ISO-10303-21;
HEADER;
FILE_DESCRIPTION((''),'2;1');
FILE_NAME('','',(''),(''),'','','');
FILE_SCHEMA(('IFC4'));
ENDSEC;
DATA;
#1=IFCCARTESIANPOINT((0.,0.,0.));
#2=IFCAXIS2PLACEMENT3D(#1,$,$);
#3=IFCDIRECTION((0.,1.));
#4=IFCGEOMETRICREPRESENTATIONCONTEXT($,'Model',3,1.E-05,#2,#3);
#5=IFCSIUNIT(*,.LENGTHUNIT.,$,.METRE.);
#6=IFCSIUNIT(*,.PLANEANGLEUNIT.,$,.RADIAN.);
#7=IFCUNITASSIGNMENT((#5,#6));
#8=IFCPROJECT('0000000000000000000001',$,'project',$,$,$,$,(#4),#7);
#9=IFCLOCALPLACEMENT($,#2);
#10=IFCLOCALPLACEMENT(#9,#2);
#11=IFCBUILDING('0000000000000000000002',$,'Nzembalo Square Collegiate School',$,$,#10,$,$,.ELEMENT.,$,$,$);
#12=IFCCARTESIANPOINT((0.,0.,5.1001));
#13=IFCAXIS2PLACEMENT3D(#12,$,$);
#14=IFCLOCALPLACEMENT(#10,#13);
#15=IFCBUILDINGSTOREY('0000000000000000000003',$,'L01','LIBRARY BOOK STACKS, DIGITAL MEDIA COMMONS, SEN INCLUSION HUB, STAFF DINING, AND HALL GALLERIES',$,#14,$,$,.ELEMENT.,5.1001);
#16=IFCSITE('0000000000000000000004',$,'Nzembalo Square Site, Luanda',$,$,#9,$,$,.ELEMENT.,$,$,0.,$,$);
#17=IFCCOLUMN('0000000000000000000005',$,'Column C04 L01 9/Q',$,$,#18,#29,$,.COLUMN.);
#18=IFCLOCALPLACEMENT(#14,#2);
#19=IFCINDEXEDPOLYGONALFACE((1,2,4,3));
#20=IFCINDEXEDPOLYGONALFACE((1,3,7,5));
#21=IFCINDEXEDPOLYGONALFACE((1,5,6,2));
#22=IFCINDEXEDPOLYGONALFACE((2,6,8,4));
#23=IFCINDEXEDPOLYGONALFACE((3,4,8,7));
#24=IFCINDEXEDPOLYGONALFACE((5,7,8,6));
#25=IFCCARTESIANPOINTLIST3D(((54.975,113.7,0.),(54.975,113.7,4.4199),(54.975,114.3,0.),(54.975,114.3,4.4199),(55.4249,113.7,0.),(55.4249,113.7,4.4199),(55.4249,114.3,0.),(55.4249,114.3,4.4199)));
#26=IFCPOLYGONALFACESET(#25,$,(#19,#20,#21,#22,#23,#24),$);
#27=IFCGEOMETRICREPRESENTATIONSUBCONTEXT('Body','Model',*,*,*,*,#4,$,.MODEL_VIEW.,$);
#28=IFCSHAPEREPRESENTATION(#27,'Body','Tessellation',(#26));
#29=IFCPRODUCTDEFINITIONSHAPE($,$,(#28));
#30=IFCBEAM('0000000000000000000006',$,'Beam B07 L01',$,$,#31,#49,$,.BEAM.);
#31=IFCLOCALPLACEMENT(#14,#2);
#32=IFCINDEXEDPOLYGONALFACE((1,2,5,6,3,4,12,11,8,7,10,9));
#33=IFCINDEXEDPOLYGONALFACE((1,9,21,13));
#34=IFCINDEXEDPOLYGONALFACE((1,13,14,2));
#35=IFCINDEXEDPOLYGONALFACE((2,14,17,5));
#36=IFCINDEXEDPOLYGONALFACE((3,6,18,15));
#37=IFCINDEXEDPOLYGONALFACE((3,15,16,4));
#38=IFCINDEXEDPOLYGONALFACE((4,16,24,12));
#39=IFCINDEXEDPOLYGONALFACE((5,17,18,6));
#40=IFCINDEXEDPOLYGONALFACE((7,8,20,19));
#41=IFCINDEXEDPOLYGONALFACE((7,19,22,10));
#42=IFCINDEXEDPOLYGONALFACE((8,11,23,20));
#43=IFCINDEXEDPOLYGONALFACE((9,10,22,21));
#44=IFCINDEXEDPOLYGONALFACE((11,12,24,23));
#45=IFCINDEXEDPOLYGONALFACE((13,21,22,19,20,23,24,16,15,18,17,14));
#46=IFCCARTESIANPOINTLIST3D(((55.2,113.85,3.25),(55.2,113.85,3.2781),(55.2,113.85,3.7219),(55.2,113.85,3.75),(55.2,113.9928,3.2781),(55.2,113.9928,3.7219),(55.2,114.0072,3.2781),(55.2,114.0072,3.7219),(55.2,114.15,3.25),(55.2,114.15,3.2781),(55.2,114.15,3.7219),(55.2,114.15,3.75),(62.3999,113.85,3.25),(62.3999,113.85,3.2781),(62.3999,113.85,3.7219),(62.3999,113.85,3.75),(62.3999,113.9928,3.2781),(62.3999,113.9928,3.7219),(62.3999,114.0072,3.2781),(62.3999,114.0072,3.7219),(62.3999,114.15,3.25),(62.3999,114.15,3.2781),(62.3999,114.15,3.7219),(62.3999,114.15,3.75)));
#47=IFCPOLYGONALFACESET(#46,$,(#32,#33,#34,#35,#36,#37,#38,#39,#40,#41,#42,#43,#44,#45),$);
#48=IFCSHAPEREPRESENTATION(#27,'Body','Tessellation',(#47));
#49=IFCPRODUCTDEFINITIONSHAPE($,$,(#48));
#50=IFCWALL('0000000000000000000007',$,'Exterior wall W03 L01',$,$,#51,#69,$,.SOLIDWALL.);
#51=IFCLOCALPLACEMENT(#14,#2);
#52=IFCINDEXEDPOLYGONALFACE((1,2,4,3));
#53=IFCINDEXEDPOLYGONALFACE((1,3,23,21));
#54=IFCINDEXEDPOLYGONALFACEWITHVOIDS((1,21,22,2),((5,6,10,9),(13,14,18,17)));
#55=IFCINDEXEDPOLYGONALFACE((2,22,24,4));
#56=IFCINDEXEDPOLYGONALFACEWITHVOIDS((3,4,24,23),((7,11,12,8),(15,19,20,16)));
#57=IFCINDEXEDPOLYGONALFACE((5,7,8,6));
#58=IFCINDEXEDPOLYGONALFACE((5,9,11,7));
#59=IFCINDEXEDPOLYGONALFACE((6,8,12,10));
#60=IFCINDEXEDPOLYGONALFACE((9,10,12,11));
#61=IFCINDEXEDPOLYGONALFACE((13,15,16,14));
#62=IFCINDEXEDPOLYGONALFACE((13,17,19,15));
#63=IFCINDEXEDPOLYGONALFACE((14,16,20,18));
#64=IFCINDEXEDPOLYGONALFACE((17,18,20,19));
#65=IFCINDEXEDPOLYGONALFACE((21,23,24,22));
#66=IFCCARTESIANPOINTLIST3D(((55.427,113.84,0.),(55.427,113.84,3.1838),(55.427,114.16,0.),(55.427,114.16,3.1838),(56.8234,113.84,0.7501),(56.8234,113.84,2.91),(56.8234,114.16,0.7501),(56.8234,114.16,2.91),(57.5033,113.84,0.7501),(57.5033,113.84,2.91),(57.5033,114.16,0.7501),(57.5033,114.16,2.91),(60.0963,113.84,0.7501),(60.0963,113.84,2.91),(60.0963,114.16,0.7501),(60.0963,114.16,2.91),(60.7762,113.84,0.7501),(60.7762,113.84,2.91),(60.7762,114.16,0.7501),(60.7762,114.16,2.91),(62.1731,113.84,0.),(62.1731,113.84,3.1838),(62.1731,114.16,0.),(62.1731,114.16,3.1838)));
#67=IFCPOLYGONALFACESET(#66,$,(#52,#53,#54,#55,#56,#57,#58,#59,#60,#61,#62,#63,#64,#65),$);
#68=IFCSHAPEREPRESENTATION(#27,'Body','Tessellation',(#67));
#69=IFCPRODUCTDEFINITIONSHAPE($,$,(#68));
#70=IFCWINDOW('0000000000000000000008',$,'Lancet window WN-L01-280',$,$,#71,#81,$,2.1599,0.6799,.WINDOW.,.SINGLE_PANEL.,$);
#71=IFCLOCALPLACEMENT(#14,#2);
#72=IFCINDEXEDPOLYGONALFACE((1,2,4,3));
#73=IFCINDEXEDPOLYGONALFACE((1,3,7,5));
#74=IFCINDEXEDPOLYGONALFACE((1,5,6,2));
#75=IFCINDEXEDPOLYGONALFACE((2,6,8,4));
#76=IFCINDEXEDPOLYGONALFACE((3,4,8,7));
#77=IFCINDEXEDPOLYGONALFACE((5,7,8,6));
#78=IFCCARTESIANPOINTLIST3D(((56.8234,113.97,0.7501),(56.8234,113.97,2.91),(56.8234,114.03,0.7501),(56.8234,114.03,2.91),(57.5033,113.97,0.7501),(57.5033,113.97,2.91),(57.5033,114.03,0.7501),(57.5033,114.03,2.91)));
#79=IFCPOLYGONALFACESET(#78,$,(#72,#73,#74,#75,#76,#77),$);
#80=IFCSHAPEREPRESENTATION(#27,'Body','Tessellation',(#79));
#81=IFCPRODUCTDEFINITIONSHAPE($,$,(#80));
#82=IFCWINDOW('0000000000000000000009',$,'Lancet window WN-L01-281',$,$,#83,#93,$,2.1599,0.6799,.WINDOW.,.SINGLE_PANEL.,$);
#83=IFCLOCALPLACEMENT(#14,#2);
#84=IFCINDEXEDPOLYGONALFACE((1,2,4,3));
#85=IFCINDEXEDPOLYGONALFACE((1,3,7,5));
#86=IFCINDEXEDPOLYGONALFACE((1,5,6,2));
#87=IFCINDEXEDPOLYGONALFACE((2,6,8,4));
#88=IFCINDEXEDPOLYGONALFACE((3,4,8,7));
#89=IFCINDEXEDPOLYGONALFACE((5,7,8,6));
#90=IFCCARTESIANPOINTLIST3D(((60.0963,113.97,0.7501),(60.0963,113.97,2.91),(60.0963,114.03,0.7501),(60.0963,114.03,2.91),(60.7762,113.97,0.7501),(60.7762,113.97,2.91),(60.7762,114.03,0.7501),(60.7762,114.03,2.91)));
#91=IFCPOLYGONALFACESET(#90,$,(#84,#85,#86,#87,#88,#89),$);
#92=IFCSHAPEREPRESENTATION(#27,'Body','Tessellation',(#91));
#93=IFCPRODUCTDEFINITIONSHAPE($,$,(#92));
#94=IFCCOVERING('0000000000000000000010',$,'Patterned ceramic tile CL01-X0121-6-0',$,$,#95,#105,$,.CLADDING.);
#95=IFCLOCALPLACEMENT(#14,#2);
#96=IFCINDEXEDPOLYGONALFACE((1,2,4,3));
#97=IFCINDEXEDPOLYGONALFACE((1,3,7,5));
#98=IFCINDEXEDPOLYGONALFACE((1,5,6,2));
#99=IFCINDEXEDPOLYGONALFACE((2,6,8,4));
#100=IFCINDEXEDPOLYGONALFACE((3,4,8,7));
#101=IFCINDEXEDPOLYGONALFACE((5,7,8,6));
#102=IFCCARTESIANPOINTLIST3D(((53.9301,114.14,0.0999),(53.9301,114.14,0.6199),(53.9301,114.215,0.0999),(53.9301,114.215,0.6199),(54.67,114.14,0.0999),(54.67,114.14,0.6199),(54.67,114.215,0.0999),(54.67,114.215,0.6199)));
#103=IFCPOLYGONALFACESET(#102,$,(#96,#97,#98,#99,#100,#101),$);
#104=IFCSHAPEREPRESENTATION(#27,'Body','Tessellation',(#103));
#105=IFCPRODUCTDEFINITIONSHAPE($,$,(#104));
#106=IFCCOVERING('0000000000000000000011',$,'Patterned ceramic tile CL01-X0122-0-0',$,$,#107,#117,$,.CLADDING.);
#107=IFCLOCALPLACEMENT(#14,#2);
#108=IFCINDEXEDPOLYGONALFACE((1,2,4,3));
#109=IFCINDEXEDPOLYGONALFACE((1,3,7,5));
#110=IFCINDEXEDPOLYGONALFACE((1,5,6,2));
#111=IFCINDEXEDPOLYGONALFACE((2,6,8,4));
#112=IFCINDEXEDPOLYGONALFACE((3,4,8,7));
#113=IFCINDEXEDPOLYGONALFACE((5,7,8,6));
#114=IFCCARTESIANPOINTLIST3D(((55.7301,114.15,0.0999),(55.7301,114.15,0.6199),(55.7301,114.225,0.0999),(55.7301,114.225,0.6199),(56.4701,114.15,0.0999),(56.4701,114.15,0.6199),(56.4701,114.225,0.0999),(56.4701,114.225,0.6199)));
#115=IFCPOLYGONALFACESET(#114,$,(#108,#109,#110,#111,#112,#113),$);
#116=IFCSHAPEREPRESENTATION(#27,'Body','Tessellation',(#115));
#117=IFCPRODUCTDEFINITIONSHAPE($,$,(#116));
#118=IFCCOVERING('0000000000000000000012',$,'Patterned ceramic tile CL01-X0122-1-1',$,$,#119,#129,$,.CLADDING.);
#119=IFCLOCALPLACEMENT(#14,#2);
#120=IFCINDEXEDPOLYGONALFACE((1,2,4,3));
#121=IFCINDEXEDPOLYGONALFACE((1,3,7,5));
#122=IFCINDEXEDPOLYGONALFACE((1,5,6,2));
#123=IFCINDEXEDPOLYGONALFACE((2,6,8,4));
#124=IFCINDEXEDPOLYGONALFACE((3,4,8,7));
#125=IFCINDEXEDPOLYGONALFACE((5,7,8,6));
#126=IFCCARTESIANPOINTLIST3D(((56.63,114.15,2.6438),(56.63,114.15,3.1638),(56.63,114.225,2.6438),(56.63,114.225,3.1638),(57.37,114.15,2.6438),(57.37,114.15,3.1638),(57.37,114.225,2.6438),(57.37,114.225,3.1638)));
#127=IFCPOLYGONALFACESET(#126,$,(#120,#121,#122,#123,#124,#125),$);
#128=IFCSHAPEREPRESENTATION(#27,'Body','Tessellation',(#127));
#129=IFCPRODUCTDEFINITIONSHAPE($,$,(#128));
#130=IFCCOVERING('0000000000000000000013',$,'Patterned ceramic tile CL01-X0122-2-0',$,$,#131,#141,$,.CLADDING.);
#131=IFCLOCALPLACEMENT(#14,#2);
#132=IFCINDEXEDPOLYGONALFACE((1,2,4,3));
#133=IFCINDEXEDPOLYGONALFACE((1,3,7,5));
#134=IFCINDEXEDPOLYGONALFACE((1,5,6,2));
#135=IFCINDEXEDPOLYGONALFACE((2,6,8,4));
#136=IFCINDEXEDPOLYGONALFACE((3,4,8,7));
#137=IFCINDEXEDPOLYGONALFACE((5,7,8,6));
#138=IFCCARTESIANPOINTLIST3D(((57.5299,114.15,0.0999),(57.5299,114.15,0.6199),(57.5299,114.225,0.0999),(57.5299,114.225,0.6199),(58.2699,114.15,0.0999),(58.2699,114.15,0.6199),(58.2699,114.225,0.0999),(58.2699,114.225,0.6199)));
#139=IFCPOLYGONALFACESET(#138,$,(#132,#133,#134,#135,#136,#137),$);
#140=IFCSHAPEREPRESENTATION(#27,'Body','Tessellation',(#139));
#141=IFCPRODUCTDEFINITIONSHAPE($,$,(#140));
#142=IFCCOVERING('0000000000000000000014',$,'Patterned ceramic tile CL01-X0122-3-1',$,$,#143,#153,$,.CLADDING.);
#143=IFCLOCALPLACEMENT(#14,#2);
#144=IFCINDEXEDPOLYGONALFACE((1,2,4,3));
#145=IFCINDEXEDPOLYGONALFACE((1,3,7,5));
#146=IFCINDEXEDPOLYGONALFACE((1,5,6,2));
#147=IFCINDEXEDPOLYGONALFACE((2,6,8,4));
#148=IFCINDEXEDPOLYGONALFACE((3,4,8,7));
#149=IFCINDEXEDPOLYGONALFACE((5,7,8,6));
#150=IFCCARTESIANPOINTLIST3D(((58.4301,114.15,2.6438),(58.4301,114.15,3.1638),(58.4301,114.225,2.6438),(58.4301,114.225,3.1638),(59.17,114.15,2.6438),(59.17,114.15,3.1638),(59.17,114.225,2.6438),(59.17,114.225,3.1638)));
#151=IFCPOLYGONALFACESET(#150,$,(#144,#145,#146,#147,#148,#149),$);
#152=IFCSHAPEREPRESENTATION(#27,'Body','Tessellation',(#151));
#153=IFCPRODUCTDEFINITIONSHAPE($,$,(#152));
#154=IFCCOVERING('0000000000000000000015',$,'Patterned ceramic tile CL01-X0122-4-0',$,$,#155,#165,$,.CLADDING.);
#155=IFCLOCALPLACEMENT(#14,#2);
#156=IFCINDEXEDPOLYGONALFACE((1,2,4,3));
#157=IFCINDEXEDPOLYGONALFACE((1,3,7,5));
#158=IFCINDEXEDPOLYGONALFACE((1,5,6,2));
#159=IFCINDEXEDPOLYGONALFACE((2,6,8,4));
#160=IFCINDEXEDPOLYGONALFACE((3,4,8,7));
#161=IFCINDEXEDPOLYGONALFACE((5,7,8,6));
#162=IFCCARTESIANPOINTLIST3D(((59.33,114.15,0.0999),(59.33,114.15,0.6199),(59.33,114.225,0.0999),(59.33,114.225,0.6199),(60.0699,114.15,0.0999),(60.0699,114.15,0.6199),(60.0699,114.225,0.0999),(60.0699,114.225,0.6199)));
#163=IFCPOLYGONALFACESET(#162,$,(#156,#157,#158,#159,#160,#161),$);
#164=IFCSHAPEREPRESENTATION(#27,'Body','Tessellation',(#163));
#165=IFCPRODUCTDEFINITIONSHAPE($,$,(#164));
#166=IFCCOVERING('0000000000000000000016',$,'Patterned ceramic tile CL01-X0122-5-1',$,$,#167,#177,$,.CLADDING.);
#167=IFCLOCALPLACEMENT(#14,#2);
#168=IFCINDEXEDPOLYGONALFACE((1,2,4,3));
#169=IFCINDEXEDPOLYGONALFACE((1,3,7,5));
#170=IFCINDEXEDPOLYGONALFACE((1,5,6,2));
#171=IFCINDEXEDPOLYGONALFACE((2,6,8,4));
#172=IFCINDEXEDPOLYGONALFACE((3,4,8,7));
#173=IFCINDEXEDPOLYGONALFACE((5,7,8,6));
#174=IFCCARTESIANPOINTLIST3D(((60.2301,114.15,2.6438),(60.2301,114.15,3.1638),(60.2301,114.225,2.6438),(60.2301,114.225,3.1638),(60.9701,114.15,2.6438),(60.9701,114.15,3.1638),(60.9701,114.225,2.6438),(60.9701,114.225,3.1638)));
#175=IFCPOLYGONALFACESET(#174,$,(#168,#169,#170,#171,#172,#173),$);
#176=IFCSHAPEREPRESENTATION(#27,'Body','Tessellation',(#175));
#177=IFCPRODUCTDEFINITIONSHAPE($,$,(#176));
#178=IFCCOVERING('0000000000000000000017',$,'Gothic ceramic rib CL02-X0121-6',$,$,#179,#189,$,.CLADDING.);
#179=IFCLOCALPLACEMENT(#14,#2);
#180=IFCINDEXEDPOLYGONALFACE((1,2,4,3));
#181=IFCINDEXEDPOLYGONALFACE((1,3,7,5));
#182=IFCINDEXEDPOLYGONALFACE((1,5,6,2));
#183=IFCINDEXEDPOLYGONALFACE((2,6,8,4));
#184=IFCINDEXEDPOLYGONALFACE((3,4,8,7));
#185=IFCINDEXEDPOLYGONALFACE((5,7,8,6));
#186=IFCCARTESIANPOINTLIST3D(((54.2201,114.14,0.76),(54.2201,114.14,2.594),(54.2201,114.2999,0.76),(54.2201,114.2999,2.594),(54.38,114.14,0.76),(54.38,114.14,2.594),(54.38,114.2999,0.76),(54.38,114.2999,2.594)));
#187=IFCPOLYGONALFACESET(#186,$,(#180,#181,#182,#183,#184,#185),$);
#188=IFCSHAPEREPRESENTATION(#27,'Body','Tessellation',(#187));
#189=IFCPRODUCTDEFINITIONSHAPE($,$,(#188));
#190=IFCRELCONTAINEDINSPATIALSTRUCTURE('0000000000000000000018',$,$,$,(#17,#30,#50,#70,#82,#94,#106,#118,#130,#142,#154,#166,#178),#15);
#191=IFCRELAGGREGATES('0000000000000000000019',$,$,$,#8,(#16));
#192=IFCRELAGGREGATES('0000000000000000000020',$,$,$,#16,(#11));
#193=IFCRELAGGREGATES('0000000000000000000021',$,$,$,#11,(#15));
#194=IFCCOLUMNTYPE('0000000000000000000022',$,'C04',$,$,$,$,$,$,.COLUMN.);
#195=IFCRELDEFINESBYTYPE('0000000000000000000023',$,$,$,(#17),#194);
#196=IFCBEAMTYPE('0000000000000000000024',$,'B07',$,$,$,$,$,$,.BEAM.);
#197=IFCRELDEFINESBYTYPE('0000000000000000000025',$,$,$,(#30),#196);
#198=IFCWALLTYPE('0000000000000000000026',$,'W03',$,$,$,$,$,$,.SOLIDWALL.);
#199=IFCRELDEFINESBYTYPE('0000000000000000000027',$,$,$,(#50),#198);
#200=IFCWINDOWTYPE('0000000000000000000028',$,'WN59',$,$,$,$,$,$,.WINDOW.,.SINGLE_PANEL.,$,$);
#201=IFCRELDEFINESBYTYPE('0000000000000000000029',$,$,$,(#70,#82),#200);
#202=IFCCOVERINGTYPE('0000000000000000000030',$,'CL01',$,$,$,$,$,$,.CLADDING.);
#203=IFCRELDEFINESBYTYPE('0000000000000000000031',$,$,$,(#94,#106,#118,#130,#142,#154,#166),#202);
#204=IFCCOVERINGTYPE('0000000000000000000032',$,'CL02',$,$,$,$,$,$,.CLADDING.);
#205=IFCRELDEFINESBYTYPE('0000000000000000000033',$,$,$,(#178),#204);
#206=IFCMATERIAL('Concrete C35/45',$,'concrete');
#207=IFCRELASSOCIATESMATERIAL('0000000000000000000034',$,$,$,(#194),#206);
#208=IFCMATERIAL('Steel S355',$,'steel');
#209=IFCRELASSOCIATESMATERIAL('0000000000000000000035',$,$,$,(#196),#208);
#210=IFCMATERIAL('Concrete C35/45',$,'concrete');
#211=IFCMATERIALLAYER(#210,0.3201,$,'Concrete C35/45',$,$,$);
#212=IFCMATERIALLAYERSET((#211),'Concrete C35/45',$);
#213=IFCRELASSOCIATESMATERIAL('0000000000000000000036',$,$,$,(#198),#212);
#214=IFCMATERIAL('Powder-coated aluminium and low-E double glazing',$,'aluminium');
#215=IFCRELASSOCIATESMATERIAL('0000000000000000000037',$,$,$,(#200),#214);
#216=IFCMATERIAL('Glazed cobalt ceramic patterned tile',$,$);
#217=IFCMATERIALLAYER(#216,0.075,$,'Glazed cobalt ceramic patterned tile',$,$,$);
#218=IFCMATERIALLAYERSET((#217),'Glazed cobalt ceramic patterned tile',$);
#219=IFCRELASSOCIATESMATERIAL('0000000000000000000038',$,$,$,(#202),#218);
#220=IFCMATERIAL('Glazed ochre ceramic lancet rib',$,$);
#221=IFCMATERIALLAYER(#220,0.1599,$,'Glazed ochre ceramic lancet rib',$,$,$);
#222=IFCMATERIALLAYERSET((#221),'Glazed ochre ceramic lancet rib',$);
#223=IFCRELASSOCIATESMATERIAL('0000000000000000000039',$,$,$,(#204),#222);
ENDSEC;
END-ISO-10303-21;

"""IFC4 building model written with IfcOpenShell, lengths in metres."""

from ifc_helpers import new_model, si_unit, direction, frame, frame_2d, origin, origin_2d, place, context, subcontext, project, spatial, rectangle, i_section, extrude, material, layer, layer_set, material_profile, profile_set, type_object, element, fill, save


model = new_model("IFC4")

# Units and contexts
model_context = context("Model", 3, precision=1e-05, world=origin(), true_north=direction((0.0, 1.0)))
body_context = subcontext(model_context, "Body", "Model", "MODEL_VIEW")
ifc_project = project(units=[si_unit("LENGTHUNIT", "METRE"), si_unit("PLANEANGLEUNIT", "RADIAN")], contexts=[model_context])

# Site, building, storey
site_placement = place(None, origin())
site = spatial("IfcSite", under=ifc_project, at=site_placement, Name="Nzembalo Square Site, Luanda", CompositionType="ELEMENT", RefElevation=0.0)
building_placement = place(site_placement, origin())
building = spatial("IfcBuilding", under=site, at=building_placement, Name="Nzembalo Square Collegiate School", CompositionType="ELEMENT")
storey_placement = place(building_placement, frame((0.0, 0.0, 5.1001)))
storey = spatial("IfcBuildingStorey", under=building, at=storey_placement, Name="L01", Description="LIBRARY BOOK STACKS, DIGITAL MEDIA COMMONS, SEN INCLUSION HUB, STAFF DINING, AND HALL GALLERIES", CompositionType="ELEMENT", Elevation=5.1001)

# Column
ifc_material_1 = material(Name="Concrete C35/45", Category="concrete")
ifc_material_profile_1 = material_profile(ifc_material_1, rectangle(XDim=0.45, YDim=0.6001, at=origin_2d()), Name="RC 450x600")
ifc_profile_set_1 = profile_set([ifc_material_profile_1], Name="Concrete C35/45")
column_type = type_object("IfcColumnType", Name="C04", PredefinedType="COLUMN", material=ifc_profile_set_1)
column_placement = place(storey_placement, frame((55.2, 114.0, 0.0), z_axis=(0.0, 0.0, 1.0), x_axis=(1.0, 0.0, 0.0)))
element("IfcColumn", 1, at=column_placement, inside=storey, type_object=column_type, Name="Column C04 L01 9/Q", PredefinedType="COLUMN", context=body_context, shape_type="SweptSolid", body=[
    extrude(rectangle(XDim=0.45, YDim=0.6001, at=origin_2d()), origin(), (0.0, 0.0, 1.0), 4.4199),
])

# Beam
ifc_material_2 = material(Name="Steel S355", Category="steel")
ifc_material_profile_2 = material_profile(ifc_material_2, i_section(OverallWidth=0.3, OverallDepth=0.5, WebThickness=0.0144, FlangeThickness=0.0281, at=origin_2d()), Name="HEB 500")
ifc_profile_set_2 = profile_set([ifc_material_profile_2], Name="Steel S355")
beam_type = type_object("IfcBeamType", Name="B07", PredefinedType="BEAM", material=ifc_profile_set_2)
beam_placement = place(storey_placement, frame((55.2, 114.0, 3.5), z_axis=(1.0, 0.0, 0.0), x_axis=(0.0, 1.0, 0.0)))
element("IfcBeam", 2, at=beam_placement, inside=storey, type_object=beam_type, Name="Beam B07 L01", PredefinedType="BEAM", context=body_context, shape_type="SweptSolid", body=[
    extrude(i_section(OverallWidth=0.3, OverallDepth=0.5, WebThickness=0.0144, FlangeThickness=0.0281, at=origin_2d()), origin(), (0.0, 0.0, 1.0), 7.2),
])

# Wall, openings, windows
ifc_material_3 = material(Name="Concrete C35/45", Category="concrete")
ifc_layer_1 = layer(ifc_material_3, 0.3201, Name="Concrete C35/45")
ifc_layer_set_1 = layer_set([ifc_layer_1], Name="Concrete C35/45")
wall_type = type_object("IfcWallType", Name="W03", PredefinedType="SOLIDWALL", material=ifc_layer_set_1)
wall_placement = place(storey_placement, frame((55.427, 114.0, 0.0), z_axis=(0.0, 0.0, 1.0), x_axis=(1.0, 0.0, 0.0)))
wall = element("IfcWall", 3, at=wall_placement, inside=storey, type_object=wall_type, Name="Exterior wall W03 L01", PredefinedType="SOLIDWALL", context=body_context, shape_type="SweptSolid", body=[
    extrude(rectangle(XDim=6.7461, YDim=0.3201, at=frame_2d((3.373, 0.0))), origin(), (0.0, 0.0, 1.0), 3.1838),
])
opening_1_placement = place(wall_placement, frame((1.3965, 0.0, 0.75)))
opening_1 = element("IfcOpeningElement", 4, at=opening_1_placement, cuts=wall, PredefinedType="OPENING", context=body_context, shape_type="SweptSolid", body=[
    extrude(rectangle(XDim=0.6799, YDim=2.1599, at=frame_2d((0.3398, 1.0801))), frame((0.0, 0.1699, 0.0), z_axis=(0.0, -1.0, 0.0), x_axis=(1.0, 0.0, 0.0)), (0.0, 0.0, 1.0), 0.3401),
])
opening_2_placement = place(wall_placement, frame((4.6694, 0.0, 0.75)))
opening_2 = element("IfcOpeningElement", 5, at=opening_2_placement, cuts=wall, PredefinedType="OPENING", context=body_context, shape_type="SweptSolid", body=[
    extrude(rectangle(XDim=0.6799, YDim=2.1599, at=frame_2d((0.3398, 1.0801))), frame((0.0, 0.1699, 0.0), z_axis=(0.0, -1.0, 0.0), x_axis=(1.0, 0.0, 0.0)), (0.0, 0.0, 1.0), 0.3401),
])
ifc_material_4 = material(Name="Powder-coated aluminium and low-E double glazing", Category="aluminium")
window_type = type_object("IfcWindowType", Name="WN59", PartitioningType="SINGLE_PANEL", PredefinedType="WINDOW", material=ifc_material_4)
window_1_placement = place(opening_1_placement, origin())
window_1 = element("IfcWindow", 6, at=window_1_placement, inside=storey, type_object=window_type, Name="Lancet window WN-L01-280", OverallHeight=2.1599, OverallWidth=0.6799, PartitioningType="SINGLE_PANEL", PredefinedType="WINDOW", context=body_context, shape_type="SweptSolid", body=[
    extrude(rectangle(XDim=0.6799, YDim=2.1599, at=frame_2d((0.3398, 1.0801))), frame((0.0, 0.03, 0.0), z_axis=(0.0, -1.0, 0.0), x_axis=(1.0, 0.0, 0.0)), (0.0, 0.0, 1.0), 0.0601),
])
fill(opening_1, window_1)
window_2_placement = place(opening_2_placement, origin())
window_2 = element("IfcWindow", 7, at=window_2_placement, inside=storey, type_object=window_type, Name="Lancet window WN-L01-281", OverallHeight=2.1599, OverallWidth=0.6799, PartitioningType="SINGLE_PANEL", PredefinedType="WINDOW", context=body_context, shape_type="SweptSolid", body=[
    extrude(rectangle(XDim=0.6799, YDim=2.1599, at=frame_2d((0.3398, 1.0801))), frame((0.0, 0.03, 0.0), z_axis=(0.0, -1.0, 0.0), x_axis=(1.0, 0.0, 0.0)), (0.0, 0.0, 1.0), 0.0601),
])
fill(opening_2, window_2)

# Coverings
ifc_material_5 = material(Name="Glazed cobalt ceramic patterned tile")
ifc_layer_2 = layer(ifc_material_5, 0.075, Name="Glazed cobalt ceramic patterned tile")
ifc_layer_set_2 = layer_set([ifc_layer_2], Name="Glazed cobalt ceramic patterned tile")
covering_type_1 = type_object("IfcCoveringType", Name="CL01", PredefinedType="CLADDING", material=ifc_layer_set_2)
for number, where, z_axis, x_axis, name in (
    (8, (54.3, 114.1775, 0.0999), (0.0, 0.0, 1.0), (1.0, 0.0, 0.0), "Patterned ceramic tile CL01-X0121-6-0"),
    (9, (56.1001, 114.1875, 0.0999), (0.0, 0.0, 1.0), (1.0, 0.0, 0.0), "Patterned ceramic tile CL01-X0122-0-0"),
    (10, (57.0, 114.1875, 2.6438), (0.0, 0.0, 1.0), (1.0, 0.0, 0.0), "Patterned ceramic tile CL01-X0122-1-1"),
    (11, (57.8999, 114.1875, 0.0999), (0.0, 0.0, 1.0), (1.0, 0.0, 0.0), "Patterned ceramic tile CL01-X0122-2-0"),
    (12, (58.8, 114.1875, 2.6438), (0.0, 0.0, 1.0), (1.0, 0.0, 0.0), "Patterned ceramic tile CL01-X0122-3-1"),
    (13, (59.7, 114.1875, 0.0999), (0.0, 0.0, 1.0), (1.0, 0.0, 0.0), "Patterned ceramic tile CL01-X0122-4-0"),
    (14, (60.6001, 114.1875, 2.6438), (0.0, 0.0, 1.0), (1.0, 0.0, 0.0), "Patterned ceramic tile CL01-X0122-5-1"),
):
    element("IfcCovering", number, at=place(storey_placement, frame(where, z_axis=z_axis, x_axis=x_axis)), inside=storey, type_object=covering_type_1, Name=name, PredefinedType="CLADDING", context=body_context, shape_type="SweptSolid", body=[
        extrude(rectangle(XDim=0.74, YDim=0.075, at=origin_2d()), origin(), (0.0, 0.0, 1.0), 0.52),
    ])
ifc_material_6 = material(Name="Glazed ochre ceramic lancet rib")
ifc_layer_3 = layer(ifc_material_6, 0.1599, Name="Glazed ochre ceramic lancet rib")
ifc_layer_set_3 = layer_set([ifc_layer_3], Name="Glazed ochre ceramic lancet rib")
covering_type_2 = type_object("IfcCoveringType", Name="CL02", PredefinedType="CLADDING", material=ifc_layer_set_3)
for number, where, z_axis, x_axis, name in (
    (15, (54.3, 114.22, 0.76), (0.0, 0.0, 1.0), (1.0, 0.0, 0.0), "Gothic ceramic rib CL02-X0121-6"),
):
    element("IfcCovering", number, at=place(storey_placement, frame(where, z_axis=z_axis, x_axis=x_axis)), inside=storey, type_object=covering_type_2, Name=name, PredefinedType="CLADDING", context=body_context, shape_type="SweptSolid", body=[
        extrude(rectangle(XDim=0.1599, YDim=0.1599, at=origin_2d()), origin(), (0.0, 0.0, 1.0), 1.834),
    ])

save(model, "model.ifc")
